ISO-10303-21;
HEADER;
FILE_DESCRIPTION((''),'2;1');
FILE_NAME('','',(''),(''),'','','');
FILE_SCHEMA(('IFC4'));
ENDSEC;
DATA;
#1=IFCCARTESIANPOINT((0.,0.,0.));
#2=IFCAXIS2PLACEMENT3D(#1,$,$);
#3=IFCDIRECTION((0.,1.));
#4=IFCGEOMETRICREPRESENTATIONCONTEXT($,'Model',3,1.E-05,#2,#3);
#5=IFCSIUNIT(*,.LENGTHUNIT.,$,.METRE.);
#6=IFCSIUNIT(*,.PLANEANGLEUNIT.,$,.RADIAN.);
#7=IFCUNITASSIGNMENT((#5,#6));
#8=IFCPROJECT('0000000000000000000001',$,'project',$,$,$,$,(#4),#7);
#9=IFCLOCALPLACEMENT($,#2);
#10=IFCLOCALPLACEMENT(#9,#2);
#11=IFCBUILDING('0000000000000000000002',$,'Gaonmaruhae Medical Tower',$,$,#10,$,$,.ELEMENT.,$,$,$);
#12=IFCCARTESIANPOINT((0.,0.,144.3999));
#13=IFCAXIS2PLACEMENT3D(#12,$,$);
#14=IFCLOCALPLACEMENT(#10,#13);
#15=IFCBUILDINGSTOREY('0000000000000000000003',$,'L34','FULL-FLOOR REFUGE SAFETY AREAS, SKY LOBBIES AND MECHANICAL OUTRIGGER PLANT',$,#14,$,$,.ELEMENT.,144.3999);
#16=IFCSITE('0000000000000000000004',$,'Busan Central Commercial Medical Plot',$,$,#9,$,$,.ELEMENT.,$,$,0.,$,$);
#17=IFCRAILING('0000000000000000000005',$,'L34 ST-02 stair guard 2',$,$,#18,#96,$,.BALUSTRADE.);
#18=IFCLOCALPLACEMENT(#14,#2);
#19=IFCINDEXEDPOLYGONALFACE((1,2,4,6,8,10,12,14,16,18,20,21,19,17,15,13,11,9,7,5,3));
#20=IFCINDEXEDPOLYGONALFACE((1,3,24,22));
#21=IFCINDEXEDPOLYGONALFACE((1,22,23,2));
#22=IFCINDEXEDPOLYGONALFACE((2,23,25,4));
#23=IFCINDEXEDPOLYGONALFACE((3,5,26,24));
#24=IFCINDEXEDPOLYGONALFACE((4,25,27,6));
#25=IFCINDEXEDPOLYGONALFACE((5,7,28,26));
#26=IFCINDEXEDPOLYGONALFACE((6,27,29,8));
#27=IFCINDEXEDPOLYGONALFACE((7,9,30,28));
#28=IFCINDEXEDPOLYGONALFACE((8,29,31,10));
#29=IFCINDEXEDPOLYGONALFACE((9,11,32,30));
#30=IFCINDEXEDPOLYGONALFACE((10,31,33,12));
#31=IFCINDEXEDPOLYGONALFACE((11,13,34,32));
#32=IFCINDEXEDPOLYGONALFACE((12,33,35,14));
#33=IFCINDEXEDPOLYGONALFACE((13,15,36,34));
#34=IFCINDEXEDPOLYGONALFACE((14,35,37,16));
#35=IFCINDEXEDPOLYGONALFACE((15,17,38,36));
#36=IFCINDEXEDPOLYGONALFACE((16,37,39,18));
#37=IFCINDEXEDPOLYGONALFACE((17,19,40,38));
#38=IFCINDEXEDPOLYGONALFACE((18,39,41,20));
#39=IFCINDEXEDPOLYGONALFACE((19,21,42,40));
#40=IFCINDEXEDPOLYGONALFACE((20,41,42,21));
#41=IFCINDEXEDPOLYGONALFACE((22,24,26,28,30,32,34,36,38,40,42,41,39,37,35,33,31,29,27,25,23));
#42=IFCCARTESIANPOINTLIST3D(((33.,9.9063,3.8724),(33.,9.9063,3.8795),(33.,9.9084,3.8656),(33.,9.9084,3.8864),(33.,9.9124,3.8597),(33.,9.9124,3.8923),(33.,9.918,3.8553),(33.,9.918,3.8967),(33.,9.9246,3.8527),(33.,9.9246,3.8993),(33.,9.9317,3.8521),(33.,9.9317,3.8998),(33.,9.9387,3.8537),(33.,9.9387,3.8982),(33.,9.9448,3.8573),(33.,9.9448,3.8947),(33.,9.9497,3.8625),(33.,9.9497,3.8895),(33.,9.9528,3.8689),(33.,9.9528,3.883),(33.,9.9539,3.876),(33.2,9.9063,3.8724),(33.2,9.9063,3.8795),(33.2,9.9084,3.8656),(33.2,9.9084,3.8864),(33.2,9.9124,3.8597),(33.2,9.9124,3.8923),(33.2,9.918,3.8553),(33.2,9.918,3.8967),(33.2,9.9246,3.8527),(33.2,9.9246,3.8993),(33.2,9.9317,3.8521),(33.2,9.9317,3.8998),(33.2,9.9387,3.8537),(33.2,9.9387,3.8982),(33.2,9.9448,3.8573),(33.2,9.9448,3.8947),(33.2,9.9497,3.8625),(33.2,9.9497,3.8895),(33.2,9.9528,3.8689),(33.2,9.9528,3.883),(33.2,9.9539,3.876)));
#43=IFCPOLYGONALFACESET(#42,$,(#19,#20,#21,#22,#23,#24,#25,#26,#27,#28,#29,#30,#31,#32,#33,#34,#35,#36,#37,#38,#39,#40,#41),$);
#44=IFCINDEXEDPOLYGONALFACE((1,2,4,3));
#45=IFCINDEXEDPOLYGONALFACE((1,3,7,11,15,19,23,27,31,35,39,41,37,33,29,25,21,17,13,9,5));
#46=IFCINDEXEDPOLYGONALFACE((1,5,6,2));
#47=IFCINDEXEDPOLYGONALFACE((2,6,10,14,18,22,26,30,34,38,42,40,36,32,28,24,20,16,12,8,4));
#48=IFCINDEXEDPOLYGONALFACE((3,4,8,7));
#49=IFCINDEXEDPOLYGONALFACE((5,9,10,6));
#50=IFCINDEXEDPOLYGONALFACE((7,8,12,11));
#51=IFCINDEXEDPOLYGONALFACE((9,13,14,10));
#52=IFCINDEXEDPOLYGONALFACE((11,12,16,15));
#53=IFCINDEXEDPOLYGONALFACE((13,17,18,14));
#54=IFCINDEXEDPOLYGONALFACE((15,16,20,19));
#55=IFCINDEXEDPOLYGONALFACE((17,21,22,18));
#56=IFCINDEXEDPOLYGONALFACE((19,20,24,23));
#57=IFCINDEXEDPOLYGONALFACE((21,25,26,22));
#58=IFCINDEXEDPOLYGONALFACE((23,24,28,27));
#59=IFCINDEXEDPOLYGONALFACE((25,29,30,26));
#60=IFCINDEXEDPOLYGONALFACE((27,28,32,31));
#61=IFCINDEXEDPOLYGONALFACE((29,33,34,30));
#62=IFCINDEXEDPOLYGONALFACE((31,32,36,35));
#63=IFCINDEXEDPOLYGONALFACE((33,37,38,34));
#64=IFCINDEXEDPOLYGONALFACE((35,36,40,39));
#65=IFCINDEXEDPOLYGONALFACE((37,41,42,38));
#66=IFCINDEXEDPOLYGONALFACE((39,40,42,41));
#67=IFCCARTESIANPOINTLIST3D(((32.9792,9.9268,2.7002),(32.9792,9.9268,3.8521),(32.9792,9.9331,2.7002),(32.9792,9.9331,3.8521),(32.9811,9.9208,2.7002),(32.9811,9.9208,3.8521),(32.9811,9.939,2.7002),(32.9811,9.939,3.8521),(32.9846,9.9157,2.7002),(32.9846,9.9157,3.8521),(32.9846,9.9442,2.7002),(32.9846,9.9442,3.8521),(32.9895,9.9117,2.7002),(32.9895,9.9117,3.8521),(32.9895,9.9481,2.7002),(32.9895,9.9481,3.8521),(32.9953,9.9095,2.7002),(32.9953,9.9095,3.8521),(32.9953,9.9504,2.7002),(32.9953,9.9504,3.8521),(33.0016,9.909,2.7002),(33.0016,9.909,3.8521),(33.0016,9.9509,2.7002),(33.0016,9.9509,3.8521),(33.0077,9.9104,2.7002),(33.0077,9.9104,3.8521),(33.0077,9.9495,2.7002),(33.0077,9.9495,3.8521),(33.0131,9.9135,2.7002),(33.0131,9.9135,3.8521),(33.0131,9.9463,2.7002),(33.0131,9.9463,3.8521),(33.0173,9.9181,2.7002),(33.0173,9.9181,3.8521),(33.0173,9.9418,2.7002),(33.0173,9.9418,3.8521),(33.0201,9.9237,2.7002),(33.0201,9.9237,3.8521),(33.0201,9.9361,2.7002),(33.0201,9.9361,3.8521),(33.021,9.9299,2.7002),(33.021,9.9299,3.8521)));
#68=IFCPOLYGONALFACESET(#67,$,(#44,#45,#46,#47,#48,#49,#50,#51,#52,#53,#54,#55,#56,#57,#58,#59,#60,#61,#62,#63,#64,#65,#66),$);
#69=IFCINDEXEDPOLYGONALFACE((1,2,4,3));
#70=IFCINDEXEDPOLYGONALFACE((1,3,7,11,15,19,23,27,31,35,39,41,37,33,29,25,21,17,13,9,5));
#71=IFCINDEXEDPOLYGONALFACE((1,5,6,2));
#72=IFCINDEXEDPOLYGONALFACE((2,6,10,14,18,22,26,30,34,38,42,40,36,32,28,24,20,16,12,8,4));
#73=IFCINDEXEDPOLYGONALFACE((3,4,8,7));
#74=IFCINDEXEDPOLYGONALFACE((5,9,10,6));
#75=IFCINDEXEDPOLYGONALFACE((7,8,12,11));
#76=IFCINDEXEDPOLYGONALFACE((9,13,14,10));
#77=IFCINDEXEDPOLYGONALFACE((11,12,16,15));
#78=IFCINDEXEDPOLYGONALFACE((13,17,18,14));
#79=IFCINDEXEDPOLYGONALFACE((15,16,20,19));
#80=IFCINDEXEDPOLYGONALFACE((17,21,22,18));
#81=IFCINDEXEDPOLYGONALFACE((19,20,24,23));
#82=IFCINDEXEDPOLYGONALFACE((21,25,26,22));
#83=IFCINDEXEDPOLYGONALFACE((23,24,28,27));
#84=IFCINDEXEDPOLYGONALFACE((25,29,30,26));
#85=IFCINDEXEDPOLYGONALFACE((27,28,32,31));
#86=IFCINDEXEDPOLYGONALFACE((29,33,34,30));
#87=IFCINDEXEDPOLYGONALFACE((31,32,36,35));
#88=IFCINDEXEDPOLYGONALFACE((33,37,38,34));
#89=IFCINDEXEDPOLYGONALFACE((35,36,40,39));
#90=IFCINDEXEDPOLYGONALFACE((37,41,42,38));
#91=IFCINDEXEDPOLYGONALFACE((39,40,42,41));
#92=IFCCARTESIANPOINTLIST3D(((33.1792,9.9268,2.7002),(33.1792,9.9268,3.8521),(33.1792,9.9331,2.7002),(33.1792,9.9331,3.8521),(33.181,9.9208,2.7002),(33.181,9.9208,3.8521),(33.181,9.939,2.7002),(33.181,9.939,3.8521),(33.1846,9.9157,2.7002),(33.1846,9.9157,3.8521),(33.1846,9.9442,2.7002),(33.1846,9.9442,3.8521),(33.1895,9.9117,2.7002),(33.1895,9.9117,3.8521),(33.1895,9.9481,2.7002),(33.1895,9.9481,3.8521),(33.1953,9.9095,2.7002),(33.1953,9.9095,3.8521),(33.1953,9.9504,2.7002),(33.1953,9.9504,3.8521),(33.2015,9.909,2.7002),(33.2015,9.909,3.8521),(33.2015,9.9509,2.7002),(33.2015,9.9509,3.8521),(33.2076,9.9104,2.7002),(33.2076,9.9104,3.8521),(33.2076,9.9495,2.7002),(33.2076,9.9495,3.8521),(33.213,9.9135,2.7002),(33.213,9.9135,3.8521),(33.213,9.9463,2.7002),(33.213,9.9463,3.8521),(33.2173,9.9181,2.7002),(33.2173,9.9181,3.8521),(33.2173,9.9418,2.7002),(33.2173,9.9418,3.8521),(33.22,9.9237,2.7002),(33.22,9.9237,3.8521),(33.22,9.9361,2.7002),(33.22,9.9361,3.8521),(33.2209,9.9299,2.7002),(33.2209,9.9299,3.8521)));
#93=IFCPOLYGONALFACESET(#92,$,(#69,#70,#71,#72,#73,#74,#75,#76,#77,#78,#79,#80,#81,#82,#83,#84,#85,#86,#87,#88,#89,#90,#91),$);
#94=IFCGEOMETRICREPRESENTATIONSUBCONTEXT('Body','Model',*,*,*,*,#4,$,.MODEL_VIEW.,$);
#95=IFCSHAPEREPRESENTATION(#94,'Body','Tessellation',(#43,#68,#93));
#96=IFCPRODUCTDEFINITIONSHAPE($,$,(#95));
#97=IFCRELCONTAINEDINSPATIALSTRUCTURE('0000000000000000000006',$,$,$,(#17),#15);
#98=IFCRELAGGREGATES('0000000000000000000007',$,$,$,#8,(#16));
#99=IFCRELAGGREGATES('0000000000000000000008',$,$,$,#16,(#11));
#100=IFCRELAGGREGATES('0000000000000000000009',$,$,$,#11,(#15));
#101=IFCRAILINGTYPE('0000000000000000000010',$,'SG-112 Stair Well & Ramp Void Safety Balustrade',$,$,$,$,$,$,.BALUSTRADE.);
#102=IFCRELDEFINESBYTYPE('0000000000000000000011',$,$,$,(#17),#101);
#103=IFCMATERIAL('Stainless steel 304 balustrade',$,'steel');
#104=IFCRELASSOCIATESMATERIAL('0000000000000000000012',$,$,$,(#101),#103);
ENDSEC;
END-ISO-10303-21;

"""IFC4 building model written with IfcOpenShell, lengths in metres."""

from ifc_helpers import new_model, si_unit, direction, frame, origin, origin_2d, place, context, subcontext, project, spatial, circle, extrude, material, type_object, element, save


model = new_model("IFC4")

# Units and contexts
model_context = context("Model", 3, precision=1e-05, world=origin(), true_north=direction((0.0, 1.0)))
body_context = subcontext(model_context, "Body", "Model", "MODEL_VIEW")
ifc_project = project(units=[si_unit("LENGTHUNIT", "METRE"), si_unit("PLANEANGLEUNIT", "RADIAN")], contexts=[model_context])

# Site, building, storey
site_placement = place(None, origin())
site = spatial("IfcSite", under=ifc_project, at=site_placement, Name="Busan Central Commercial Medical Plot", CompositionType="ELEMENT", RefElevation=0.0)
building_placement = place(site_placement, origin())
building = spatial("IfcBuilding", under=site, at=building_placement, Name="Gaonmaruhae Medical Tower", CompositionType="ELEMENT")
storey_placement = place(building_placement, frame((0.0, 0.0, 144.3999)))
storey = spatial("IfcBuildingStorey", under=building, at=storey_placement, Name="L34", Description="FULL-FLOOR REFUGE SAFETY AREAS, SKY LOBBIES AND MECHANICAL OUTRIGGER PLANT", CompositionType="ELEMENT", Elevation=144.3999)

# Railing
ifc_material_1 = material(Name="Stainless steel 304 balustrade", Category="steel")
railing_type_1 = type_object("IfcRailingType", Name="SG-112 Stair Well & Ramp Void Safety Balustrade", PredefinedType="BALUSTRADE", material=ifc_material_1)
railing_1_placement = place(storey_placement, frame((33.0, 9.9299, 2.7002)))
element("IfcRailing", 1, at=railing_1_placement, inside=storey, type_object=railing_type_1, Name="L34 ST-02 stair guard 2", PredefinedType="BALUSTRADE", context=body_context, shape_type="SweptSolid", body=[
    extrude(circle(Radius=0.0239, at=origin_2d()), frame((0.0, 0.0, 1.1758), z_axis=(1.0, 0.0, 0.0), x_axis=(0.0, 1.0, 0.0)), (0.0, 0.0, 1.0), 0.2),
    extrude(circle(Radius=0.021, at=origin_2d()), origin(), (0.0, 0.0, 1.0), 1.1519),
    extrude(circle(Radius=0.021, at=origin_2d()), frame((0.2, 0.0, 0.0)), (0.0, 0.0, 1.0), 1.1519),
])

save(model, "model.ifc")
